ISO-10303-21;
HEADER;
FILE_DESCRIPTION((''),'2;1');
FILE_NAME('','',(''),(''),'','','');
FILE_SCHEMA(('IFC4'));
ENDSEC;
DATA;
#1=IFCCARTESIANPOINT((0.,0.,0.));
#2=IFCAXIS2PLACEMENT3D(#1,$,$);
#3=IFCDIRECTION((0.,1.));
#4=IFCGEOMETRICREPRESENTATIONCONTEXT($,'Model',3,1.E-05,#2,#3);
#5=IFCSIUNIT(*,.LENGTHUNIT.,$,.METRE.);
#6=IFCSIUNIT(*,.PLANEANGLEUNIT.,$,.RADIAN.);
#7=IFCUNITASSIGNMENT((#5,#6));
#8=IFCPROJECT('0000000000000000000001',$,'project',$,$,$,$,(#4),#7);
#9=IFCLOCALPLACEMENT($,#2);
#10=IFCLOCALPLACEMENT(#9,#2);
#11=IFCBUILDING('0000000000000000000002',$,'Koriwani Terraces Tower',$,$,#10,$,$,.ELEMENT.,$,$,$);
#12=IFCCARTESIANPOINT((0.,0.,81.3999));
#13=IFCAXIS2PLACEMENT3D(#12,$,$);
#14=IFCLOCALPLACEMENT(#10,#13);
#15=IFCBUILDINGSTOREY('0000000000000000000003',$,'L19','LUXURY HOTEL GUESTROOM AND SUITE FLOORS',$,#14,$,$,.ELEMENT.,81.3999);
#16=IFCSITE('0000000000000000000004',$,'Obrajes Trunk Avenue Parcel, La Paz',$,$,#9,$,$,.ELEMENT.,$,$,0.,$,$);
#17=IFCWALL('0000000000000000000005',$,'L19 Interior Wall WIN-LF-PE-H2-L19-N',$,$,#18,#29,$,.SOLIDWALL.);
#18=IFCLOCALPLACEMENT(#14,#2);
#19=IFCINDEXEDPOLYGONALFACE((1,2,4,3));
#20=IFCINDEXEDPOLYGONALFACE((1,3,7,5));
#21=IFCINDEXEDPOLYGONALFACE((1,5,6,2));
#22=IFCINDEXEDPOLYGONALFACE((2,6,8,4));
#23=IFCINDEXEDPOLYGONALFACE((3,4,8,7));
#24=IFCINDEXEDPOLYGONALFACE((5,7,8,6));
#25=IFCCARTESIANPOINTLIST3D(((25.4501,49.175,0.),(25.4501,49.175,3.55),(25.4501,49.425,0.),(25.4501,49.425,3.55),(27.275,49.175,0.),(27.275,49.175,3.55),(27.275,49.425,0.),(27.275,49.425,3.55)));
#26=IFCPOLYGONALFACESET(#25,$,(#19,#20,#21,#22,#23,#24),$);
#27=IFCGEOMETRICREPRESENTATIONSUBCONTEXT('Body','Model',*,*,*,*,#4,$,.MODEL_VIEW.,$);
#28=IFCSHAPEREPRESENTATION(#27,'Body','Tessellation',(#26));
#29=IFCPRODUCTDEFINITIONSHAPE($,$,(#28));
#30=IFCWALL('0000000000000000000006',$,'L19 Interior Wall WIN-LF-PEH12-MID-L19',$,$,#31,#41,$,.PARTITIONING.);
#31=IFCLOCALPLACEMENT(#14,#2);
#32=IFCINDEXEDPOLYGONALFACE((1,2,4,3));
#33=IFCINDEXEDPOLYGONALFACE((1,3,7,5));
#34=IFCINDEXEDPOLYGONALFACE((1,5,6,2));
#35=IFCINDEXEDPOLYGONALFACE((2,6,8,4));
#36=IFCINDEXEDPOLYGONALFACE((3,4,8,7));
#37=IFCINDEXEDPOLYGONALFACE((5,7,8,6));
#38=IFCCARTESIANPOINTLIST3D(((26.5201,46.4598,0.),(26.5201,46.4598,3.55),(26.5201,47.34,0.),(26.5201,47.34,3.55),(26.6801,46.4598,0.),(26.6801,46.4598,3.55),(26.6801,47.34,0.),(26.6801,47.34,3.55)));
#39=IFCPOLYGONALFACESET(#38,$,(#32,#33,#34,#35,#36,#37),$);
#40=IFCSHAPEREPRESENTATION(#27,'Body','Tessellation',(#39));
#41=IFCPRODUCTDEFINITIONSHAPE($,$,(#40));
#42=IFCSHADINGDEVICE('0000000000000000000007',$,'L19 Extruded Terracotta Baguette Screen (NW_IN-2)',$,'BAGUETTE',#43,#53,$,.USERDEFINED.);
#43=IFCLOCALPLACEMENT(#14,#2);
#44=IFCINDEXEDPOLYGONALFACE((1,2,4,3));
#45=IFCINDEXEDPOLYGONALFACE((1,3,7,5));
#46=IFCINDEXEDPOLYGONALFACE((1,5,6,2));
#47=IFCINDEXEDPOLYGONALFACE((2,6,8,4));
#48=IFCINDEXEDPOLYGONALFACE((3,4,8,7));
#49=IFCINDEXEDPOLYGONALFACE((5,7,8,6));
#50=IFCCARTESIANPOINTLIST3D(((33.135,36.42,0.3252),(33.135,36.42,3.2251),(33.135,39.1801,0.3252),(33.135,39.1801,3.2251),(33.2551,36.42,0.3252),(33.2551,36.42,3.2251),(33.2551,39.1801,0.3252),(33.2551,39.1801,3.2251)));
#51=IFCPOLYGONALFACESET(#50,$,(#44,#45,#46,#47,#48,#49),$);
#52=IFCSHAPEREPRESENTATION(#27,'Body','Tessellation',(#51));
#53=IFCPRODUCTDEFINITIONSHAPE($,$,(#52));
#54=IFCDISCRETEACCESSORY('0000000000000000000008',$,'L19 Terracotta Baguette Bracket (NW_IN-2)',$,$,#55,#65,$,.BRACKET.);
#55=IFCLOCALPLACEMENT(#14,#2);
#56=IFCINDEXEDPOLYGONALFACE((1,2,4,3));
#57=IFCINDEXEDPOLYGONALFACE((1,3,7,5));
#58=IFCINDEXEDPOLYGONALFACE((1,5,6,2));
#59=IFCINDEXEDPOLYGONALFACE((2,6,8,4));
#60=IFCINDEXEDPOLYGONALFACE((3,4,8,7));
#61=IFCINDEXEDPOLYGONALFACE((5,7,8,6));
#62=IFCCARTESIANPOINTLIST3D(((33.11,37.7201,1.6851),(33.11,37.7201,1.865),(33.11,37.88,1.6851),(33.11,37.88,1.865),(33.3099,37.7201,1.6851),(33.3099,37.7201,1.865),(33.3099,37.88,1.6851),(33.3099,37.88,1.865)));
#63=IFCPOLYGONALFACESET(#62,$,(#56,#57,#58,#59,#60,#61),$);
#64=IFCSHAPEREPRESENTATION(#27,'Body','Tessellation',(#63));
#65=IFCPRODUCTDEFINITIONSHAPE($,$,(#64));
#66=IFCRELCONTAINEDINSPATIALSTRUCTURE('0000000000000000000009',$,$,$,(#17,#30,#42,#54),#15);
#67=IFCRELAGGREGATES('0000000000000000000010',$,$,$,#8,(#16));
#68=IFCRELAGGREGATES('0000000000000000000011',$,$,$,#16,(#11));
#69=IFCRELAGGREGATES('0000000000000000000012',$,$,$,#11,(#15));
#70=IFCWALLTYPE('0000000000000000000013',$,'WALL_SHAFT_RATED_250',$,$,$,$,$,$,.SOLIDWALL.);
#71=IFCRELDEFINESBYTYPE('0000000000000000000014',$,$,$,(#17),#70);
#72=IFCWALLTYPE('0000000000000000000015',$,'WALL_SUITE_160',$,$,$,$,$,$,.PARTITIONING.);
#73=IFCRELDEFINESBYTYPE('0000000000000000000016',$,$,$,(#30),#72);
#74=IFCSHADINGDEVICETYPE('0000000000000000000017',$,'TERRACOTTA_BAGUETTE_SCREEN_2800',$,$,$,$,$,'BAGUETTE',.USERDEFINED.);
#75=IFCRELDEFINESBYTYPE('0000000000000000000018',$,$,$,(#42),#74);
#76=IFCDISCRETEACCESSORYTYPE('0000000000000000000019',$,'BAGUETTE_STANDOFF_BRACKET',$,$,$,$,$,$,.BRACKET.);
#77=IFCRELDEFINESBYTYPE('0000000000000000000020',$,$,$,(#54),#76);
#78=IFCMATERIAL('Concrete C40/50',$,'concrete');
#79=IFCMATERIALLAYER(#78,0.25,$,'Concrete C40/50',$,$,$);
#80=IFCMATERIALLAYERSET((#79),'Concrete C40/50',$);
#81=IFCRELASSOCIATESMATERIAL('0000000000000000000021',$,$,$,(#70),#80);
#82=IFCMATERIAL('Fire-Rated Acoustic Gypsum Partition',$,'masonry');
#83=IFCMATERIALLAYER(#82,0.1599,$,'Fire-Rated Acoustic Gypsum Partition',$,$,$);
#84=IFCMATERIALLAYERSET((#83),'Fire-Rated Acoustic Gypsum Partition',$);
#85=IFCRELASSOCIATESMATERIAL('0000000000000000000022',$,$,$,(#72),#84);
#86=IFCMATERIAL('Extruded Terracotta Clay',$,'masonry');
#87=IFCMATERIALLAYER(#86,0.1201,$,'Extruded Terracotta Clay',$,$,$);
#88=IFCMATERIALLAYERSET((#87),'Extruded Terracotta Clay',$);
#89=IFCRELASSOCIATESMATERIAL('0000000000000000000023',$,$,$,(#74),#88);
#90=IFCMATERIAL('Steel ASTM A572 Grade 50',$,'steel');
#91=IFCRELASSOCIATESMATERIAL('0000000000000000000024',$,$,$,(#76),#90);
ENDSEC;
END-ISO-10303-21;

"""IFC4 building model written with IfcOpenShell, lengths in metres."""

from ifc_helpers import new_model, si_unit, direction, frame, frame_2d, origin, origin_2d, place, context, subcontext, project, spatial, rectangle, extrude, material, layer, layer_set, type_object, element, save


model = new_model("IFC4")

# Units and contexts
model_context = context("Model", 3, precision=1e-05, world=origin(), true_north=direction((0.0, 1.0)))
body_context = subcontext(model_context, "Body", "Model", "MODEL_VIEW")
ifc_project = project(units=[si_unit("LENGTHUNIT", "METRE"), si_unit("PLANEANGLEUNIT", "RADIAN")], contexts=[model_context])

# Site, building, storey
site_placement = place(None, origin())
site = spatial("IfcSite", under=ifc_project, at=site_placement, Name="Obrajes Trunk Avenue Parcel, La Paz", CompositionType="ELEMENT", RefElevation=0.0)
building_placement = place(site_placement, origin())
building = spatial("IfcBuilding", under=site, at=building_placement, Name="Koriwani Terraces Tower", CompositionType="ELEMENT")
storey_placement = place(building_placement, frame((0.0, 0.0, 81.3999)))
storey = spatial("IfcBuildingStorey", under=building, at=storey_placement, Name="L19", Description="LUXURY HOTEL GUESTROOM AND SUITE FLOORS", CompositionType="ELEMENT", Elevation=81.3999)

# Shared definitions
ifc_material_1 = material(Name="Steel ASTM A572 Grade 50", Category="steel")

# Walls
ifc_material_2 = material(Name="Concrete C40/50", Category="concrete")
ifc_layer_1 = layer(ifc_material_2, 0.25, Name="Concrete C40/50")
ifc_layer_set_1 = layer_set([ifc_layer_1], Name="Concrete C40/50")
wall_type_1 = type_object("IfcWallType", Name="WALL_SHAFT_RATED_250", PredefinedType="SOLIDWALL", material=ifc_layer_set_1)
for number, where, z_axis, x_axis, name in (
    (1, (25.45, 49.3, 0.0), (0.0, 0.0, 1.0), (1.0, 0.0, 0.0), "L19 Interior Wall WIN-LF-PE-H2-L19-N"),
):
    element("IfcWall", number, at=place(storey_placement, frame(where, z_axis=z_axis, x_axis=x_axis)), inside=storey, type_object=wall_type_1, Name=name, PredefinedType="SOLIDWALL", context=body_context, shape_type="SweptSolid", body=[
        extrude(rectangle(XDim=1.825, YDim=0.25, at=frame_2d((0.9126, 0.0))), origin(), (0.0, 0.0, 1.0), 3.55),
    ])
ifc_material_3 = material(Name="Fire-Rated Acoustic Gypsum Partition", Category="masonry")
ifc_layer_2 = layer(ifc_material_3, 0.1599, Name="Fire-Rated Acoustic Gypsum Partition")
ifc_layer_set_2 = layer_set([ifc_layer_2], Name="Fire-Rated Acoustic Gypsum Partition")
wall_type_2 = type_object("IfcWallType", Name="WALL_SUITE_160", PredefinedType="PARTITIONING", material=ifc_layer_set_2)
wall_1_placement = place(storey_placement, frame((26.6001, 46.46, 0.0), z_axis=(0.0, 0.0, 1.0), x_axis=(0.0, 1.0, 0.0)))
element("IfcWall", 2, at=wall_1_placement, inside=storey, type_object=wall_type_2, Name="L19 Interior Wall WIN-LF-PEH12-MID-L19", PredefinedType="PARTITIONING", context=body_context, shape_type="SweptSolid", body=[
    extrude(rectangle(XDim=0.8801, YDim=0.1599, at=frame_2d((0.4399, 0.0))), origin(), (0.0, 0.0, 1.0), 3.55),
])

# Shading device
ifc_material_4 = material(Name="Extruded Terracotta Clay", Category="masonry")
ifc_layer_3 = layer(ifc_material_4, 0.1201, Name="Extruded Terracotta Clay")
ifc_layer_set_3 = layer_set([ifc_layer_3], Name="Extruded Terracotta Clay")
shading_device_type = type_object("IfcShadingDeviceType", Name="TERRACOTTA_BAGUETTE_SCREEN_2800", ElementType="BAGUETTE", PredefinedType="USERDEFINED", material=ifc_layer_set_3)
shading_device_placement = place(storey_placement, frame((33.1951, 37.8, 0.3252), z_axis=(0.0, 0.0, 1.0), x_axis=(0.0, -1.0, 0.0)))
element("IfcShadingDevice", 3, at=shading_device_placement, inside=storey, type_object=shading_device_type, Name="L19 Extruded Terracotta Baguette Screen (NW_IN-2)", ObjectType="BAGUETTE", PredefinedType="USERDEFINED", context=body_context, shape_type="SweptSolid", body=[
    extrude(rectangle(XDim=2.76, YDim=0.1201, at=origin_2d()), origin(), (0.0, 0.0, 1.0), 2.8999),
])

# Discrete accessory
discrete_accessory_type = type_object("IfcDiscreteAccessoryType", Name="BAGUETTE_STANDOFF_BRACKET", PredefinedType="BRACKET", material=ifc_material_1)
discrete_accessory_placement = place(storey_placement, frame((33.21, 37.8, 1.6851), z_axis=(0.0, 0.0, 1.0), x_axis=(0.0, -1.0, 0.0)))
element("IfcDiscreteAccessory", 4, at=discrete_accessory_placement, inside=storey, type_object=discrete_accessory_type, Name="L19 Terracotta Baguette Bracket (NW_IN-2)", PredefinedType="BRACKET", context=body_context, shape_type="SweptSolid", body=[
    extrude(rectangle(XDim=0.1599, YDim=0.2, at=origin_2d()), origin(), (0.0, 0.0, 1.0), 0.1799),
])

save(model, "model.ifc")
